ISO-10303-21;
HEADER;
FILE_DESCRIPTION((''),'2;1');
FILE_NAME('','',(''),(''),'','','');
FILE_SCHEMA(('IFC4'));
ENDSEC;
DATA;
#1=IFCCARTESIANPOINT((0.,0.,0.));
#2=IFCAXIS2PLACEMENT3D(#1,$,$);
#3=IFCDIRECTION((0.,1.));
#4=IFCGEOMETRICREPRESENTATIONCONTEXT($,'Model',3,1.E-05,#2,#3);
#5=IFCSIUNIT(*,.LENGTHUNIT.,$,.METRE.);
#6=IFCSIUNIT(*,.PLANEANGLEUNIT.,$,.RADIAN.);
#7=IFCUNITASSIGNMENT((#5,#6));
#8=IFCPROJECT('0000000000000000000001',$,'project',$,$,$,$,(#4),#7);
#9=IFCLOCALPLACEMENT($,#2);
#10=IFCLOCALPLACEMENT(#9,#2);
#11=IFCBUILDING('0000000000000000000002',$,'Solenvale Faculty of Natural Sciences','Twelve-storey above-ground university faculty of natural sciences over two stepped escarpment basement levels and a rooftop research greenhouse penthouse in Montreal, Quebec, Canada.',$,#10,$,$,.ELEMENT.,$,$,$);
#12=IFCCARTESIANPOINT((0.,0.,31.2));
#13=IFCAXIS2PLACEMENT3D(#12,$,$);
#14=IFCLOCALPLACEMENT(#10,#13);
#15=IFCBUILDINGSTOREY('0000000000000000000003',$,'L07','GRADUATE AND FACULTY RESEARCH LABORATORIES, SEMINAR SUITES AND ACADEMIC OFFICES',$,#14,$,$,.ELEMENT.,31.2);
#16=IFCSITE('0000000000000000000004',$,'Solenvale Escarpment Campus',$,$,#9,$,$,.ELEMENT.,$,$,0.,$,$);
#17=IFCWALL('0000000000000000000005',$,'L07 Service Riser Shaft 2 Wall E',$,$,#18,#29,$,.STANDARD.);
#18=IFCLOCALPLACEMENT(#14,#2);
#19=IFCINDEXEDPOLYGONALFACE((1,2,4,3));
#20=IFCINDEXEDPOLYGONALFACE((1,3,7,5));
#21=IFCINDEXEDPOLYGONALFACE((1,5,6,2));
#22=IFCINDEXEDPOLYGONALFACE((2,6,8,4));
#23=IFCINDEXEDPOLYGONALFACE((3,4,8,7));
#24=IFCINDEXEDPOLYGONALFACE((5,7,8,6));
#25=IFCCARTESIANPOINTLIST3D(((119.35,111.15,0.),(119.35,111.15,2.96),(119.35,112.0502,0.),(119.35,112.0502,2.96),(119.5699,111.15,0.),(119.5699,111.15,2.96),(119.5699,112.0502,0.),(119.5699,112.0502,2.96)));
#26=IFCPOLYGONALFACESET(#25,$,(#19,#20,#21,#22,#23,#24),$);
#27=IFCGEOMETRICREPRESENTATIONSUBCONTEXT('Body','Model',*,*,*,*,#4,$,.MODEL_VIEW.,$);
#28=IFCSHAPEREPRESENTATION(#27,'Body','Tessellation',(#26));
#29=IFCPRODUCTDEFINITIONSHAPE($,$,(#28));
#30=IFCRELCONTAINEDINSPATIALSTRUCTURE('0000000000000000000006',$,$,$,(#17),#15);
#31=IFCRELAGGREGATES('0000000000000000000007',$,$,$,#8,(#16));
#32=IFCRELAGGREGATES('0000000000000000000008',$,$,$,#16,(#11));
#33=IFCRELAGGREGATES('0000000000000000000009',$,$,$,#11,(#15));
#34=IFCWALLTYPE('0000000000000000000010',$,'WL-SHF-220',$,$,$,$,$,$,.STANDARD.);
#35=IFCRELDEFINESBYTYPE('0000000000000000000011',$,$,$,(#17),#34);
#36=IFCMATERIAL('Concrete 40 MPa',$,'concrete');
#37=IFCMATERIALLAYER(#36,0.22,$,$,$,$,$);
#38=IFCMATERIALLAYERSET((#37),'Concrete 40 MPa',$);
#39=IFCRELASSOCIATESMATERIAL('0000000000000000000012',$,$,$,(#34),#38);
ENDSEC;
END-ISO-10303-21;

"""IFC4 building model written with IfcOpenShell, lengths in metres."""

from ifc_helpers import new_model, si_unit, direction, frame, frame_2d, origin, place, context, subcontext, project, spatial, rectangle, extrude, material, layer, layer_set, type_object, element, save


model = new_model("IFC4")

# Units and contexts
model_context = context("Model", 3, precision=1e-05, world=origin(), true_north=direction((0.0, 1.0)))
body_context = subcontext(model_context, "Body", "Model", "MODEL_VIEW")
ifc_project = project(units=[si_unit("LENGTHUNIT", "METRE"), si_unit("PLANEANGLEUNIT", "RADIAN")], contexts=[model_context])

# Site, building, storey
site_placement = place(None, origin())
site = spatial("IfcSite", under=ifc_project, at=site_placement, Name="Solenvale Escarpment Campus", CompositionType="ELEMENT", RefElevation=0.0)
building_placement = place(site_placement, origin())
building = spatial("IfcBuilding", under=site, at=building_placement, Name="Solenvale Faculty of Natural Sciences", Description="Twelve-storey above-ground university faculty of natural sciences over two stepped escarpment basement levels and a rooftop research greenhouse penthouse in Montreal, Quebec, Canada.", CompositionType="ELEMENT")
storey_placement = place(building_placement, frame((0.0, 0.0, 31.2)))
storey = spatial("IfcBuildingStorey", under=building, at=storey_placement, Name="L07", Description="GRADUATE AND FACULTY RESEARCH LABORATORIES, SEMINAR SUITES AND ACADEMIC OFFICES", CompositionType="ELEMENT", Elevation=31.2)

# Shared definitions
ifc_material_1 = material(Name="Concrete 40 MPa", Category="concrete")

# Wall
ifc_layer_1 = layer(ifc_material_1, 0.22)
ifc_layer_set_1 = layer_set([ifc_layer_1], Name="Concrete 40 MPa")
wall_type = type_object("IfcWallType", Name="WL-SHF-220", PredefinedType="STANDARD", material=ifc_layer_set_1)
for number, where, z_axis, x_axis, name in (
    (1, (119.46, 111.1499, 0.0), (0.0, 0.0, 1.0), (0.0, 1.0, 0.0), "L07 Service Riser Shaft 2 Wall E"),
):
    element("IfcWall", number, at=place(storey_placement, frame(where, z_axis=z_axis, x_axis=x_axis)), inside=storey, type_object=wall_type, Name=name, PredefinedType="STANDARD", context=body_context, shape_type="SweptSolid", body=[
        extrude(rectangle(XDim=0.9001, YDim=0.22, at=frame_2d((0.4502, 0.0))), origin(), (0.0, 0.0, 1.0), 2.96),
    ])

save(model, "model.ifc")
